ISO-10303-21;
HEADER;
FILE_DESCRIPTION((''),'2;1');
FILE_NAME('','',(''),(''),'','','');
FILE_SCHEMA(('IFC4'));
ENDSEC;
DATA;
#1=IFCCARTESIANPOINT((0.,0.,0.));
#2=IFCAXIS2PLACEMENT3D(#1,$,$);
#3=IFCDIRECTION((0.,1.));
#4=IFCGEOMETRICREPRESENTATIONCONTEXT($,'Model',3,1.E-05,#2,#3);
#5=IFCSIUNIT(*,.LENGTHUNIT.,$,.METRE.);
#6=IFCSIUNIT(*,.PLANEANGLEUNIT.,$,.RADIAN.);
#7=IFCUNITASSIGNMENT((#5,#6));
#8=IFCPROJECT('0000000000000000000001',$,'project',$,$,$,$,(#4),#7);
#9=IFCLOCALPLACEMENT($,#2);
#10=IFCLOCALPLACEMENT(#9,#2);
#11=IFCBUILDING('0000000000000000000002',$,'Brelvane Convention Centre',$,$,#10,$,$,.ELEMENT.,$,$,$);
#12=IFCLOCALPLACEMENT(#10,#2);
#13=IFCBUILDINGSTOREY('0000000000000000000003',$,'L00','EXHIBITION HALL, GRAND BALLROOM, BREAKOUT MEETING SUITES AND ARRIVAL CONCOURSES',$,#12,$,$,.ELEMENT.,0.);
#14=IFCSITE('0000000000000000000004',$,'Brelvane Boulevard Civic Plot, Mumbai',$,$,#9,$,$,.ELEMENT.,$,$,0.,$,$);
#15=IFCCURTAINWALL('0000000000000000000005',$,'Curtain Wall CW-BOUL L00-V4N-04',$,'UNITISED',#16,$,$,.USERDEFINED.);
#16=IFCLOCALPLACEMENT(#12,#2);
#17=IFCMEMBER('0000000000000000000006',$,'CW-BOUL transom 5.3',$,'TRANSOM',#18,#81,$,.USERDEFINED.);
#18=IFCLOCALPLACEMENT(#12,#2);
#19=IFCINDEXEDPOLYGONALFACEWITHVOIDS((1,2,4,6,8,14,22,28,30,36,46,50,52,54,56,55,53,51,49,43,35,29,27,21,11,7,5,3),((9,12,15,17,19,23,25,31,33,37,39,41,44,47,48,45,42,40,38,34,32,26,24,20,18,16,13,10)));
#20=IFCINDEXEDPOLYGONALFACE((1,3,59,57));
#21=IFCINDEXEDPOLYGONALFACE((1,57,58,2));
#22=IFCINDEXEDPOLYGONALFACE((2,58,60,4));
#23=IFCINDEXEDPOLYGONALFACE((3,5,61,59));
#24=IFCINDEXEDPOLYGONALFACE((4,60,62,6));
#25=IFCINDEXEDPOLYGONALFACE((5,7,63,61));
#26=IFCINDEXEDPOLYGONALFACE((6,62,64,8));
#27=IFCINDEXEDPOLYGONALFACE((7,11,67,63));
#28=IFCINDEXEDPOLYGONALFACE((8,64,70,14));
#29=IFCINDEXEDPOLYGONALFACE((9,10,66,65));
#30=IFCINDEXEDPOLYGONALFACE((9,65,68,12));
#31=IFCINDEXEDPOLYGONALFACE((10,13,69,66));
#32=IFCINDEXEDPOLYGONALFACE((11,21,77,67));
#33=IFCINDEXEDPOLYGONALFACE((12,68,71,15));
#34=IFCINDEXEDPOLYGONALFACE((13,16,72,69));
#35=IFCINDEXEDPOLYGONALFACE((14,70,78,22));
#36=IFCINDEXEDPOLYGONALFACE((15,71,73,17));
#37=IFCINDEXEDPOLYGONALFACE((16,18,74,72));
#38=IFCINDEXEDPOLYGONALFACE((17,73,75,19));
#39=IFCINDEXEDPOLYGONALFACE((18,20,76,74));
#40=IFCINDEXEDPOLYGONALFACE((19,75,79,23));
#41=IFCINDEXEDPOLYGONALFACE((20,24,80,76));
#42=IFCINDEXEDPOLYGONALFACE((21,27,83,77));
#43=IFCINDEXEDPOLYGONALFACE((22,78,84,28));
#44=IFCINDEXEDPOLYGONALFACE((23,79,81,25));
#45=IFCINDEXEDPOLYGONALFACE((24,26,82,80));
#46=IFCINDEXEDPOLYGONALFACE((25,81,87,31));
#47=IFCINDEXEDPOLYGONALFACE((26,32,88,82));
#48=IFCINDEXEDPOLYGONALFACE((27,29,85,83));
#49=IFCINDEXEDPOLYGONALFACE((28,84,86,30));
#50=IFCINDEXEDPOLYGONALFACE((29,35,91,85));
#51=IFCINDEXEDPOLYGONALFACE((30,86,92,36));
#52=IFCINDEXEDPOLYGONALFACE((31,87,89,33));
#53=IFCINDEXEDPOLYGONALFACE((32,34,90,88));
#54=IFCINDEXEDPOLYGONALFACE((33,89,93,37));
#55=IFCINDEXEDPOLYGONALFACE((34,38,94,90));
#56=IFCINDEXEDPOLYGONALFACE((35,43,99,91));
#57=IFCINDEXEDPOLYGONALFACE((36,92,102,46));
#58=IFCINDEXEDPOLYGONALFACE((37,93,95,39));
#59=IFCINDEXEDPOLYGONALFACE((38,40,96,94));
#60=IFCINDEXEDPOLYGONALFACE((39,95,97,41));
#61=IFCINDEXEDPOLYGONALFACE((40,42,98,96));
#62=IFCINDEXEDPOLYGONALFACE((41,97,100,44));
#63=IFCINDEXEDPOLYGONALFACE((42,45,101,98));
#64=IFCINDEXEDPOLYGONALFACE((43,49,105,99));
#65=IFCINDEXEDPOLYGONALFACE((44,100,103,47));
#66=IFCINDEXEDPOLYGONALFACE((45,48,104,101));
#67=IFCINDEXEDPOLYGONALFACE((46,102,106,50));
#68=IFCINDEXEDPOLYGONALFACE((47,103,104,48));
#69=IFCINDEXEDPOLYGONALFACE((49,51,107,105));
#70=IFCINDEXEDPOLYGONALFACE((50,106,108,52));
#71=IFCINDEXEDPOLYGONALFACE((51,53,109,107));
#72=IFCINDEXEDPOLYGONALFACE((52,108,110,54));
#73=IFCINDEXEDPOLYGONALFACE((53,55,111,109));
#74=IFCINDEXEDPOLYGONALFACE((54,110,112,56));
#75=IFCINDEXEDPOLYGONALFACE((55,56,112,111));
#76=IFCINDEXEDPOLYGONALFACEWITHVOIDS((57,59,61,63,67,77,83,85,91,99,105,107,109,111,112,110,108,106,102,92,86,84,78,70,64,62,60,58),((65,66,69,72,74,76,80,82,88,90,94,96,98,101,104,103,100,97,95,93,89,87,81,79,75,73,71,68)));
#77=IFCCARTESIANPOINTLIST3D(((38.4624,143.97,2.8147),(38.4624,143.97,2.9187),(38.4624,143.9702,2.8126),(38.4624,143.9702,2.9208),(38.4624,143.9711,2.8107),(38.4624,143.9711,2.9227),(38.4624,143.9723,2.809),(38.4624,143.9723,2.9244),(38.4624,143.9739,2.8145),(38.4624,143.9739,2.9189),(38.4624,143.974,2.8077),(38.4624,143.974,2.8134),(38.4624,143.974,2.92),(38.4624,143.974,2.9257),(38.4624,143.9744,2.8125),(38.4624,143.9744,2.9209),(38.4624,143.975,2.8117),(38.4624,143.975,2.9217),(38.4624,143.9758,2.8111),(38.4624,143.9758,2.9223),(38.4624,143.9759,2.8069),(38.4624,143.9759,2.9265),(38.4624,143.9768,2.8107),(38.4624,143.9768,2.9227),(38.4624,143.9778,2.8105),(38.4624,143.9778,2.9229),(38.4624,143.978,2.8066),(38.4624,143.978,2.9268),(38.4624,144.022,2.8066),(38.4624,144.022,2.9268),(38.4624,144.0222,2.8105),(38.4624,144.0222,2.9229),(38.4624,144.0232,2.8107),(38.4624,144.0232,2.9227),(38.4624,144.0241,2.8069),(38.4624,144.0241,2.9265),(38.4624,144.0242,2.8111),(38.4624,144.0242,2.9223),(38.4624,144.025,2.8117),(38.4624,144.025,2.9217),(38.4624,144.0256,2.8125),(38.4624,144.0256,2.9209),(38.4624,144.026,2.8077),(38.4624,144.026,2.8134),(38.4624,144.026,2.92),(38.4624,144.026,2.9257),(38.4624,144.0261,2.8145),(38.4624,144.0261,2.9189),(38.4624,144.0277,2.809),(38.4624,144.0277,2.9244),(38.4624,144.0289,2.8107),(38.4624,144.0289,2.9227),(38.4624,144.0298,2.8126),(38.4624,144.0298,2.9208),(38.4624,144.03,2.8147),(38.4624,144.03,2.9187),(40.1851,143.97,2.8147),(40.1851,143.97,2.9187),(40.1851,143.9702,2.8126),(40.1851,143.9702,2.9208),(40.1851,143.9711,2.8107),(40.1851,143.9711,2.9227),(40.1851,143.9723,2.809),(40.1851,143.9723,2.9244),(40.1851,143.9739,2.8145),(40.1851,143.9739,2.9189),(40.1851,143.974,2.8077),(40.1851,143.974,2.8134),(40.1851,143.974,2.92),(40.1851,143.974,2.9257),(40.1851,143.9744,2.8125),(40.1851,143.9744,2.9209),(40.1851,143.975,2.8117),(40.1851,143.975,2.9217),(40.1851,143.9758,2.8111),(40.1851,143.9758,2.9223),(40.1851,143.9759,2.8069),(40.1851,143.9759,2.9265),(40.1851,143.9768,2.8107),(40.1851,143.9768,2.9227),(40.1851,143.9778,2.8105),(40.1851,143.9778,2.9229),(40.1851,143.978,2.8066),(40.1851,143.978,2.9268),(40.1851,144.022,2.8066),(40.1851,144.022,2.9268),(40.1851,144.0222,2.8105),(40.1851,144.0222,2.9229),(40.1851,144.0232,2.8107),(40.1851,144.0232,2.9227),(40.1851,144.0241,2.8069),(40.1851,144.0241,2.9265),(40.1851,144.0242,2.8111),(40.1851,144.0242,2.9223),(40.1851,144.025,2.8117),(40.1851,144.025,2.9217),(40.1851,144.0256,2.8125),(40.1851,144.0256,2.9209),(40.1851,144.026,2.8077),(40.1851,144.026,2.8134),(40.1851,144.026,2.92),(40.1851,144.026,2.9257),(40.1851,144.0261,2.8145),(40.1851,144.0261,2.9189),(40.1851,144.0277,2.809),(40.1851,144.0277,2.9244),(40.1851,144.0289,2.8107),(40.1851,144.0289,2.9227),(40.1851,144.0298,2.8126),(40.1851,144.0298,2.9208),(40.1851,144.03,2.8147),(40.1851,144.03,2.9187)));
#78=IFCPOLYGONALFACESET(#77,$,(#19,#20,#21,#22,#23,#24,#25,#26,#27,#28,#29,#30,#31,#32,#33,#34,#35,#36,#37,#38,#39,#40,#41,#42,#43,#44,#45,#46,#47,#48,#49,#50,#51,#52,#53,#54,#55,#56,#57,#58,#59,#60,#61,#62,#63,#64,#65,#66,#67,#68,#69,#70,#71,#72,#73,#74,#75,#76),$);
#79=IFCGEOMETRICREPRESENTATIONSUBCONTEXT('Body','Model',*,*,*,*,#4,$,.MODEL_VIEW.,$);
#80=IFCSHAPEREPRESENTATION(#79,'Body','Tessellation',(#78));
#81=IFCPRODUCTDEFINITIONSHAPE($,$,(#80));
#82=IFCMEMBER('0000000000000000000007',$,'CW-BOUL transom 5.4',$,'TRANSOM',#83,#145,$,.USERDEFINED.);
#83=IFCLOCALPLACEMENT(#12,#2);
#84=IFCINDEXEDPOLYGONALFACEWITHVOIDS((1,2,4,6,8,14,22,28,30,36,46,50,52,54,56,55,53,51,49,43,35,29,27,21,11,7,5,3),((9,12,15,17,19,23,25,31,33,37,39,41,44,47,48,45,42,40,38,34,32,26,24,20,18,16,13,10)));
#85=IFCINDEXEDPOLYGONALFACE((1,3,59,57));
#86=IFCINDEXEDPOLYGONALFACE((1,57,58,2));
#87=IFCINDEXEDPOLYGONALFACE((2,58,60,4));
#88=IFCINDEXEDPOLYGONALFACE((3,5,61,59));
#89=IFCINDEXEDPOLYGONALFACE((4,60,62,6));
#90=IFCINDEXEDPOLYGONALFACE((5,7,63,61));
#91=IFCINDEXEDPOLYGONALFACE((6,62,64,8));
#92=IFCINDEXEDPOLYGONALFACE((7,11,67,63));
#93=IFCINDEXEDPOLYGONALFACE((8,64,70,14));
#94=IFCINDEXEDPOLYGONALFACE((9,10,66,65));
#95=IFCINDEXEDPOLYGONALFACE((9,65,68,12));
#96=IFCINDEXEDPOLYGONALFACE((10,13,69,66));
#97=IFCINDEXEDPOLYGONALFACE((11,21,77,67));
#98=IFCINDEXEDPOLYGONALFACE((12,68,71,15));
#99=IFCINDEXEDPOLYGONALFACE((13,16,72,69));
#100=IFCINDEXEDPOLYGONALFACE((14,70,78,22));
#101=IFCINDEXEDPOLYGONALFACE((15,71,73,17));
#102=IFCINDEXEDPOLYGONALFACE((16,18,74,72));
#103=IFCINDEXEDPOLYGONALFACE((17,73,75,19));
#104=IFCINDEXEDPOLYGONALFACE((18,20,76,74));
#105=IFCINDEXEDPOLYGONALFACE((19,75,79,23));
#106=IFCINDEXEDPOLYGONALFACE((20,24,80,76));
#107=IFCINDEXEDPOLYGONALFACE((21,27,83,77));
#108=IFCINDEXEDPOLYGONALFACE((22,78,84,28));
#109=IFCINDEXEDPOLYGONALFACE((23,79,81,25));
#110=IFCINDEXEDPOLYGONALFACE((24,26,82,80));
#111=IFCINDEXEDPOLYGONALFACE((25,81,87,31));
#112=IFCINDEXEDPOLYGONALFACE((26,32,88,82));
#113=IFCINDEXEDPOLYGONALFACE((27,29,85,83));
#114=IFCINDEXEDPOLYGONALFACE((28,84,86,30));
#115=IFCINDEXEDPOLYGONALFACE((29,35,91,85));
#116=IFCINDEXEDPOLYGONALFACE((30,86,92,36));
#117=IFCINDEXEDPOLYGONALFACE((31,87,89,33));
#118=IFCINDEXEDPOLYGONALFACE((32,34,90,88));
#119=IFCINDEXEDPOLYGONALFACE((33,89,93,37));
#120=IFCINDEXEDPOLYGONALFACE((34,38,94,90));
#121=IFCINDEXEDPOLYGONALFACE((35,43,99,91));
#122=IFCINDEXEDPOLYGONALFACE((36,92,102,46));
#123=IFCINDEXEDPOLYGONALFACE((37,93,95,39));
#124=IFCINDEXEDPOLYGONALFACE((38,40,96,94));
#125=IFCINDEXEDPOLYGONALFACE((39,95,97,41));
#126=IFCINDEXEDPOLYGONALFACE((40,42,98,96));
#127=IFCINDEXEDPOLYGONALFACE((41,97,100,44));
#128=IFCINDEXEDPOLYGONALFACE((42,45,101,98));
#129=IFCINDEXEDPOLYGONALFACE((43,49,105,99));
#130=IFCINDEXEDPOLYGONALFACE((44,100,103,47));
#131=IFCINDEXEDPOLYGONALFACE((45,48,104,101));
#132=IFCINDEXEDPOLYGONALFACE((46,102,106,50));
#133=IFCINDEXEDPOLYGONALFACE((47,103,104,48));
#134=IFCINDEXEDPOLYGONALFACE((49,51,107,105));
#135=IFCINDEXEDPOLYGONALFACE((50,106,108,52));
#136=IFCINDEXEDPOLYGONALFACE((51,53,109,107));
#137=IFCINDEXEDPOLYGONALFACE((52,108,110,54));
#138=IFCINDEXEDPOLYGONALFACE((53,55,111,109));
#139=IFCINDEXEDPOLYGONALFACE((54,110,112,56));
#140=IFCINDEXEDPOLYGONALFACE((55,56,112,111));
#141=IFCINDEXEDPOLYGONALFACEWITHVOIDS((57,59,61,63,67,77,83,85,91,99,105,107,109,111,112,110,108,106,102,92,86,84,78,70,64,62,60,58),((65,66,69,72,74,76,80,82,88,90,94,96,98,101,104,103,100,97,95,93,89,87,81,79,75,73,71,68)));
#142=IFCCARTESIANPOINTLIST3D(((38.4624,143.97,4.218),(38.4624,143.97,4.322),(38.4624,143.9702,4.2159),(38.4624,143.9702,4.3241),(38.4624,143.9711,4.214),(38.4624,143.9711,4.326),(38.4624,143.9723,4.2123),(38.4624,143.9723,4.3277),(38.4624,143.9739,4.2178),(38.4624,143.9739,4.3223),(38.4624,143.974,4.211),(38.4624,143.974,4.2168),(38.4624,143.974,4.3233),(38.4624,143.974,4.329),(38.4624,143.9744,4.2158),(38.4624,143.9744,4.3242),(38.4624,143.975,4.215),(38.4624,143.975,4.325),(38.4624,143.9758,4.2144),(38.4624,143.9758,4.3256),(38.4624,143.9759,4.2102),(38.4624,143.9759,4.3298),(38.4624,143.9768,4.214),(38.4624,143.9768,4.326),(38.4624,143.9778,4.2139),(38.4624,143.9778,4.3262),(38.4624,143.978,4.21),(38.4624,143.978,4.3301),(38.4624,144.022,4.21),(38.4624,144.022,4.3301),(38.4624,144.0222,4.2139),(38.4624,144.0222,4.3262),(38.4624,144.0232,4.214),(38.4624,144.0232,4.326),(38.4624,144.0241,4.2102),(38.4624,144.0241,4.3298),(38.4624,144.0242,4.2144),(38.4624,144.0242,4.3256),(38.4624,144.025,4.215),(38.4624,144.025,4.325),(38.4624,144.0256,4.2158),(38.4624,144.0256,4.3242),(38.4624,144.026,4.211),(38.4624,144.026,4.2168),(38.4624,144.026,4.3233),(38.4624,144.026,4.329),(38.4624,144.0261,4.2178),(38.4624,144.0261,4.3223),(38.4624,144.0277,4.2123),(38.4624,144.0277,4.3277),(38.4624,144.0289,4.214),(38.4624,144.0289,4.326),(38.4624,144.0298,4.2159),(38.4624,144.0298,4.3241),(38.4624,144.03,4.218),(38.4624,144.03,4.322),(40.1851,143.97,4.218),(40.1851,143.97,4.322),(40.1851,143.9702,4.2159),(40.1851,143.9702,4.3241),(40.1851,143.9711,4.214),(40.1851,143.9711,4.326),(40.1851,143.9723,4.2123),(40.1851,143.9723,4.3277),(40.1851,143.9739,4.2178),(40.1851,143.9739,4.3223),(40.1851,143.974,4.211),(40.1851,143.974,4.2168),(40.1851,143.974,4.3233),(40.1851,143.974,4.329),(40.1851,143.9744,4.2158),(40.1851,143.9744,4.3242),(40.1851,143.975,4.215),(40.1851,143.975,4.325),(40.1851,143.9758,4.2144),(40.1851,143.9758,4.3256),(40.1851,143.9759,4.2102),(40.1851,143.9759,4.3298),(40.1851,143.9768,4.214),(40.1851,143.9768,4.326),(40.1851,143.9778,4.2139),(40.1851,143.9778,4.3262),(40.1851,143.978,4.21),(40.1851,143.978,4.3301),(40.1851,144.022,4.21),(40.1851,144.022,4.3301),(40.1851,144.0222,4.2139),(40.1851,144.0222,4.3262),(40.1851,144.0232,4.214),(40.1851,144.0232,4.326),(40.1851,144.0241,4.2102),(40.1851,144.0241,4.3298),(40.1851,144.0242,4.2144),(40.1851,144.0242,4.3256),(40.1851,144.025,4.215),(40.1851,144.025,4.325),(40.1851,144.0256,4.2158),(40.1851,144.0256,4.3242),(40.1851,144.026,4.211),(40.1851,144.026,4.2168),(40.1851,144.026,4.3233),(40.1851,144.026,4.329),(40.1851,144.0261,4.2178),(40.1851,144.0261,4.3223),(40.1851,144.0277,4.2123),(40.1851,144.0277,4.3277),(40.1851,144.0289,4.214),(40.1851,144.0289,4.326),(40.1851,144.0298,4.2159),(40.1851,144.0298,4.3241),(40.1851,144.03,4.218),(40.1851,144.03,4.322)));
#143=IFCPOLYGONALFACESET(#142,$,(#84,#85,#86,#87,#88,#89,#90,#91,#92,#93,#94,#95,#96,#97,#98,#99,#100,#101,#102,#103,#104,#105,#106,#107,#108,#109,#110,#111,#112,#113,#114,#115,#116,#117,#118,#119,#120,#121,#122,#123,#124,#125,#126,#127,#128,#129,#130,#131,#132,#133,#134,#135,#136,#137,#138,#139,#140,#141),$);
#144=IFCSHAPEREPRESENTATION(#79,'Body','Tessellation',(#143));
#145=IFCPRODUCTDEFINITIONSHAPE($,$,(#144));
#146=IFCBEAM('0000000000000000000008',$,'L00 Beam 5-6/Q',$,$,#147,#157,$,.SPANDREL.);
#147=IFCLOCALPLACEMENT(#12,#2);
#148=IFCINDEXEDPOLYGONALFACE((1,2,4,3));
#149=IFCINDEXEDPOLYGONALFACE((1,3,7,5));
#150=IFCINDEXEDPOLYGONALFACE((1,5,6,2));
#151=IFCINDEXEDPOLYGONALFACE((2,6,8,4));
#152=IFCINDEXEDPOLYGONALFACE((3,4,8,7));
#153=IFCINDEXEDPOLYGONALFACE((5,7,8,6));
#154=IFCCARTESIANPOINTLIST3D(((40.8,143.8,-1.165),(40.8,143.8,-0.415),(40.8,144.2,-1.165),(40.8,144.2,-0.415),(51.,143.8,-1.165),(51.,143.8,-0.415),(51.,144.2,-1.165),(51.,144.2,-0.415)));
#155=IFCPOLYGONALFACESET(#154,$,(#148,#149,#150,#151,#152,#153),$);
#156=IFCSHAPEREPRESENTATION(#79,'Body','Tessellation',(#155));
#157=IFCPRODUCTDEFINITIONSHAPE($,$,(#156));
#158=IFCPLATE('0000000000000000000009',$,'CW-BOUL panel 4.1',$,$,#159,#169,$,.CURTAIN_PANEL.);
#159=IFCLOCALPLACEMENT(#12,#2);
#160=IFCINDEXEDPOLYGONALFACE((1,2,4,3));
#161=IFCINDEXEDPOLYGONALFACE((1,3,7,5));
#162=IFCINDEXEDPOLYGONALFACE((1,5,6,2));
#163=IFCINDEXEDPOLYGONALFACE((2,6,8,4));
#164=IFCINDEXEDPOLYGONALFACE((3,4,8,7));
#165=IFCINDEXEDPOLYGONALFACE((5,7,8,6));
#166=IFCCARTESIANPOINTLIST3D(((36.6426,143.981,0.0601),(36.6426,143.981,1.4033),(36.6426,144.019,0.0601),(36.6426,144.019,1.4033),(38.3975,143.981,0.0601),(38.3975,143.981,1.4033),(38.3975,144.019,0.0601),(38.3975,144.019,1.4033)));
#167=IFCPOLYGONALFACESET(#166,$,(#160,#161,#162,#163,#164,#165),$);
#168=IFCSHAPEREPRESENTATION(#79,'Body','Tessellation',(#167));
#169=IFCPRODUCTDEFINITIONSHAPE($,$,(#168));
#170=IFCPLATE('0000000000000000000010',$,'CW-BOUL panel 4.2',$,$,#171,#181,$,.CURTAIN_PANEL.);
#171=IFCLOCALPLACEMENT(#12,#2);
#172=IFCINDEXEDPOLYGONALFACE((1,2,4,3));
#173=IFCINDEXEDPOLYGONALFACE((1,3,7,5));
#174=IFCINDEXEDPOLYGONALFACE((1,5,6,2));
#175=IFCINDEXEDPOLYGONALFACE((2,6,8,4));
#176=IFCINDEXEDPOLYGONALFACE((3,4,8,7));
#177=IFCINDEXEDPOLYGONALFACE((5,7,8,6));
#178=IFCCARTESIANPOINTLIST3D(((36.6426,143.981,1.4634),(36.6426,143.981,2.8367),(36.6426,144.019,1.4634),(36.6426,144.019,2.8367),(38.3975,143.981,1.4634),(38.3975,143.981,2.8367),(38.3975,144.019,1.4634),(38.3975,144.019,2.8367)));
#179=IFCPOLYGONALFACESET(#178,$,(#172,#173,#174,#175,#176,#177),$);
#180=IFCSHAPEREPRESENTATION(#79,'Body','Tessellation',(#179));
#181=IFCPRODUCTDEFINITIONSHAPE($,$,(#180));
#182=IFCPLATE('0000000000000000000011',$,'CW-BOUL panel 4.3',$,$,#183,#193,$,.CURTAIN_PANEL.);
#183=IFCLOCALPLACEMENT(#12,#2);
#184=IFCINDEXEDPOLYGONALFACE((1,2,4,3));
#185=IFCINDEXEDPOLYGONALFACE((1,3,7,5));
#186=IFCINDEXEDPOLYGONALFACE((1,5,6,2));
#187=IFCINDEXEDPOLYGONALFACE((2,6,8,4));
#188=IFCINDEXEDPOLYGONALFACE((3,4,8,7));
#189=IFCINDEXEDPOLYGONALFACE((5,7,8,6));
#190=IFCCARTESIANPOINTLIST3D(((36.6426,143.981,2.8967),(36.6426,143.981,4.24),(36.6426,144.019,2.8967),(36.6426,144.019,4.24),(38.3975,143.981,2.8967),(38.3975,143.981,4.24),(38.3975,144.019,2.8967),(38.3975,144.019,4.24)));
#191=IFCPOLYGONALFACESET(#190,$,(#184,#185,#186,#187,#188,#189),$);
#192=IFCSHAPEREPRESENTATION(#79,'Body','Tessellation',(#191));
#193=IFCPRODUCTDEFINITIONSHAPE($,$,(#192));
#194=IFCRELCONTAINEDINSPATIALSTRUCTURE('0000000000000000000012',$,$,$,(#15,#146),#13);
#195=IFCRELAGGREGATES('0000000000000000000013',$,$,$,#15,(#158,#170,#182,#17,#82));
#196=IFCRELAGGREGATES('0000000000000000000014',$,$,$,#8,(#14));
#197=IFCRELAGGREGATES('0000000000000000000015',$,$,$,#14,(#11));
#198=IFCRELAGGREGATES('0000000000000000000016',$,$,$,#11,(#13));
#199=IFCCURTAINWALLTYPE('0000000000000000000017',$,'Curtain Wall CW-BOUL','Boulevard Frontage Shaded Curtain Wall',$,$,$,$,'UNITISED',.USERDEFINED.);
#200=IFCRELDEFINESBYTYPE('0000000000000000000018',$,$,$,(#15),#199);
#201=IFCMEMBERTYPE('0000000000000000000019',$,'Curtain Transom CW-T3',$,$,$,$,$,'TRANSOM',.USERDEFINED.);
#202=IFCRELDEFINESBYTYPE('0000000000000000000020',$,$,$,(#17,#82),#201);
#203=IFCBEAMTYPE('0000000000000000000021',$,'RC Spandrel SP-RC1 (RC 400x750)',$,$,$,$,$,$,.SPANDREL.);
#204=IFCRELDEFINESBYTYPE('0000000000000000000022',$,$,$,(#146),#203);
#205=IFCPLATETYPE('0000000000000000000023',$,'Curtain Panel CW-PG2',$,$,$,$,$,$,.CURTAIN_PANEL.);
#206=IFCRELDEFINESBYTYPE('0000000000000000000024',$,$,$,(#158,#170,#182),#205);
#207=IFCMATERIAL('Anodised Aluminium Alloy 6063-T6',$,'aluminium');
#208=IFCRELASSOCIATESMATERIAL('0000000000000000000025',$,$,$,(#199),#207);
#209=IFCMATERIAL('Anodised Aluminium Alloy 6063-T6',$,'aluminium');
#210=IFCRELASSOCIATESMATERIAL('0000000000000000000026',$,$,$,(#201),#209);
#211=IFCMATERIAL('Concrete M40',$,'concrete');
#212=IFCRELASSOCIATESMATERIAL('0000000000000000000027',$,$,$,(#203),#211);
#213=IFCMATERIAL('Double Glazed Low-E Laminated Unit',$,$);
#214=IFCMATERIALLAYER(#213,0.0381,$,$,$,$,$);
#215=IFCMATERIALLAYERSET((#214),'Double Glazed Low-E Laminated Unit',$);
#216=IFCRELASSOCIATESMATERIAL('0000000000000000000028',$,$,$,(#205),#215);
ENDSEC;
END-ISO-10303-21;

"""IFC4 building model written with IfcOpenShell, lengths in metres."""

from ifc_helpers import new_model, si_unit, direction, frame, origin, origin_2d, place, context, subcontext, project, spatial, rectangle, hollow_rectangle, extrude, material, layer, layer_set, material_profile, profile_set, type_object, element, aggregate, save


model = new_model("IFC4")

# Units and contexts
model_context = context("Model", 3, precision=1e-05, world=origin(), true_north=direction((0.0, 1.0)))
body_context = subcontext(model_context, "Body", "Model", "MODEL_VIEW")
ifc_project = project(units=[si_unit("LENGTHUNIT", "METRE"), si_unit("PLANEANGLEUNIT", "RADIAN")], contexts=[model_context])

# Site, building, storey
site_placement = place(None, origin())
site = spatial("IfcSite", under=ifc_project, at=site_placement, Name="Brelvane Boulevard Civic Plot, Mumbai", CompositionType="ELEMENT", RefElevation=0.0)
building_placement = place(site_placement, origin())
building = spatial("IfcBuilding", under=site, at=building_placement, Name="Brelvane Convention Centre", CompositionType="ELEMENT")
storey_placement = place(building_placement, origin())
storey = spatial("IfcBuildingStorey", under=building, at=storey_placement, Name="L00", Description="EXHIBITION HALL, GRAND BALLROOM, BREAKOUT MEETING SUITES AND ARRIVAL CONCOURSES", CompositionType="ELEMENT", Elevation=0.0)

# Curtain wall, members
ifc_material_1 = material(Name="Anodised Aluminium Alloy 6063-T6", Category="aluminium")
curtain_wall_type = type_object("IfcCurtainWallType", Name="Curtain Wall CW-BOUL", Description="Boulevard Frontage Shaded Curtain Wall", ElementType="UNITISED", PredefinedType="USERDEFINED", material=ifc_material_1)
curtain_wall_placement = place(storey_placement, origin())
curtain_wall = element("IfcCurtainWall", 1, at=curtain_wall_placement, inside=storey, type_object=curtain_wall_type, Name="Curtain Wall CW-BOUL L00-V4N-04", ObjectType="UNITISED", PredefinedType="USERDEFINED")
ifc_material_2 = material(Name="Anodised Aluminium Alloy 6063-T6", Category="aluminium")
ifc_material_profile_1 = material_profile(ifc_material_2, hollow_rectangle(XDim=0.0601, YDim=0.1201, WallThickness=0.0039, InnerFilletRadius=0.0039, OuterFilletRadius=0.0081, at=origin_2d()), Name="ALU-T 120x60x4.0")
ifc_profile_set_1 = profile_set([ifc_material_profile_1], Name="Anodised Aluminium Alloy 6063-T6")
member_type_1 = type_object("IfcMemberType", Name="Curtain Transom CW-T3", ElementType="TRANSOM", PredefinedType="USERDEFINED", material=ifc_profile_set_1)
member_1_placement = place(storey_placement, frame((38.4624, 144.0, 2.8667), z_axis=(1.0, 0.0, 0.0), x_axis=(0.0, 1.0, 0.0)))
member_1 = element("IfcMember", 2, at=member_1_placement, type_object=member_type_1, Name="CW-BOUL transom 5.3", ObjectType="TRANSOM", PredefinedType="USERDEFINED", context=body_context, shape_type="SweptSolid", body=[
    extrude(hollow_rectangle(XDim=0.0601, YDim=0.1201, WallThickness=0.0039, InnerFilletRadius=0.0039, OuterFilletRadius=0.0081, at=origin_2d()), origin(), (0.0, 0.0, 1.0), 1.7227),
])
member_2_placement = place(storey_placement, frame((38.4624, 144.0, 4.27), z_axis=(1.0, 0.0, 0.0), x_axis=(0.0, 1.0, 0.0)))
member_2 = element("IfcMember", 3, at=member_2_placement, type_object=member_type_1, Name="CW-BOUL transom 5.4", ObjectType="TRANSOM", PredefinedType="USERDEFINED", context=body_context, shape_type="SweptSolid", body=[
    extrude(hollow_rectangle(XDim=0.0601, YDim=0.1201, WallThickness=0.0039, InnerFilletRadius=0.0039, OuterFilletRadius=0.0081, at=origin_2d()), origin(), (0.0, 0.0, 1.0), 1.7227),
])

# Beam
ifc_material_3 = material(Name="Concrete M40", Category="concrete")
ifc_material_profile_2 = material_profile(ifc_material_3, rectangle(XDim=0.3999, YDim=0.75, at=origin_2d()), Name="RC 400x750")
ifc_profile_set_2 = profile_set([ifc_material_profile_2], Name="Concrete M40")
beam_type = type_object("IfcBeamType", Name="RC Spandrel SP-RC1 (RC 400x750)", PredefinedType="SPANDREL", material=ifc_profile_set_2)
beam_placement = place(storey_placement, frame((40.8, 144.0, -0.79), z_axis=(1.0, 0.0, 0.0), x_axis=(0.0, 1.0, 0.0)))
element("IfcBeam", 4, at=beam_placement, inside=storey, type_object=beam_type, Name="L00 Beam 5-6/Q", PredefinedType="SPANDREL", context=body_context, shape_type="SweptSolid", body=[
    extrude(rectangle(XDim=0.3999, YDim=0.75, at=origin_2d()), origin(), (0.0, 0.0, 1.0), 10.2),
])

# Plates
ifc_material_4 = material(Name="Double Glazed Low-E Laminated Unit")
ifc_layer_1 = layer(ifc_material_4, 0.0381)
ifc_layer_set_1 = layer_set([ifc_layer_1], Name="Double Glazed Low-E Laminated Unit")
plate_type = type_object("IfcPlateType", Name="Curtain Panel CW-PG2", PredefinedType="CURTAIN_PANEL", material=ifc_layer_set_1)
plate_1_placement = place(storey_placement, frame((37.52, 144.0, 0.0601), z_axis=(0.0, 0.0, 1.0), x_axis=(1.0, 0.0, 0.0)))
plate_1 = element("IfcPlate", 5, at=plate_1_placement, type_object=plate_type, Name="CW-BOUL panel 4.1", PredefinedType="CURTAIN_PANEL", context=body_context, shape_type="SweptSolid", body=[
    extrude(rectangle(XDim=1.7549, YDim=0.0381, at=origin_2d()), origin(), (0.0, 0.0, 1.0), 1.3433),
])
plate_2_placement = place(storey_placement, frame((37.52, 144.0, 1.4634), z_axis=(0.0, 0.0, 1.0), x_axis=(1.0, 0.0, 0.0)))
plate_2 = element("IfcPlate", 6, at=plate_2_placement, type_object=plate_type, Name="CW-BOUL panel 4.2", PredefinedType="CURTAIN_PANEL", context=body_context, shape_type="SweptSolid", body=[
    extrude(rectangle(XDim=1.7549, YDim=0.0381, at=origin_2d()), origin(), (0.0, 0.0, 1.0), 1.3733),
])
plate_3_placement = place(storey_placement, frame((37.52, 144.0, 2.8967), z_axis=(0.0, 0.0, 1.0), x_axis=(1.0, 0.0, 0.0)))
plate_3 = element("IfcPlate", 7, at=plate_3_placement, type_object=plate_type, Name="CW-BOUL panel 4.3", PredefinedType="CURTAIN_PANEL", context=body_context, shape_type="SweptSolid", body=[
    extrude(rectangle(XDim=1.7549, YDim=0.0381, at=origin_2d()), origin(), (0.0, 0.0, 1.0), 1.3433),
])
aggregate(curtain_wall, [plate_1, plate_2, plate_3, member_1, member_2])

save(model, "model.ifc")
